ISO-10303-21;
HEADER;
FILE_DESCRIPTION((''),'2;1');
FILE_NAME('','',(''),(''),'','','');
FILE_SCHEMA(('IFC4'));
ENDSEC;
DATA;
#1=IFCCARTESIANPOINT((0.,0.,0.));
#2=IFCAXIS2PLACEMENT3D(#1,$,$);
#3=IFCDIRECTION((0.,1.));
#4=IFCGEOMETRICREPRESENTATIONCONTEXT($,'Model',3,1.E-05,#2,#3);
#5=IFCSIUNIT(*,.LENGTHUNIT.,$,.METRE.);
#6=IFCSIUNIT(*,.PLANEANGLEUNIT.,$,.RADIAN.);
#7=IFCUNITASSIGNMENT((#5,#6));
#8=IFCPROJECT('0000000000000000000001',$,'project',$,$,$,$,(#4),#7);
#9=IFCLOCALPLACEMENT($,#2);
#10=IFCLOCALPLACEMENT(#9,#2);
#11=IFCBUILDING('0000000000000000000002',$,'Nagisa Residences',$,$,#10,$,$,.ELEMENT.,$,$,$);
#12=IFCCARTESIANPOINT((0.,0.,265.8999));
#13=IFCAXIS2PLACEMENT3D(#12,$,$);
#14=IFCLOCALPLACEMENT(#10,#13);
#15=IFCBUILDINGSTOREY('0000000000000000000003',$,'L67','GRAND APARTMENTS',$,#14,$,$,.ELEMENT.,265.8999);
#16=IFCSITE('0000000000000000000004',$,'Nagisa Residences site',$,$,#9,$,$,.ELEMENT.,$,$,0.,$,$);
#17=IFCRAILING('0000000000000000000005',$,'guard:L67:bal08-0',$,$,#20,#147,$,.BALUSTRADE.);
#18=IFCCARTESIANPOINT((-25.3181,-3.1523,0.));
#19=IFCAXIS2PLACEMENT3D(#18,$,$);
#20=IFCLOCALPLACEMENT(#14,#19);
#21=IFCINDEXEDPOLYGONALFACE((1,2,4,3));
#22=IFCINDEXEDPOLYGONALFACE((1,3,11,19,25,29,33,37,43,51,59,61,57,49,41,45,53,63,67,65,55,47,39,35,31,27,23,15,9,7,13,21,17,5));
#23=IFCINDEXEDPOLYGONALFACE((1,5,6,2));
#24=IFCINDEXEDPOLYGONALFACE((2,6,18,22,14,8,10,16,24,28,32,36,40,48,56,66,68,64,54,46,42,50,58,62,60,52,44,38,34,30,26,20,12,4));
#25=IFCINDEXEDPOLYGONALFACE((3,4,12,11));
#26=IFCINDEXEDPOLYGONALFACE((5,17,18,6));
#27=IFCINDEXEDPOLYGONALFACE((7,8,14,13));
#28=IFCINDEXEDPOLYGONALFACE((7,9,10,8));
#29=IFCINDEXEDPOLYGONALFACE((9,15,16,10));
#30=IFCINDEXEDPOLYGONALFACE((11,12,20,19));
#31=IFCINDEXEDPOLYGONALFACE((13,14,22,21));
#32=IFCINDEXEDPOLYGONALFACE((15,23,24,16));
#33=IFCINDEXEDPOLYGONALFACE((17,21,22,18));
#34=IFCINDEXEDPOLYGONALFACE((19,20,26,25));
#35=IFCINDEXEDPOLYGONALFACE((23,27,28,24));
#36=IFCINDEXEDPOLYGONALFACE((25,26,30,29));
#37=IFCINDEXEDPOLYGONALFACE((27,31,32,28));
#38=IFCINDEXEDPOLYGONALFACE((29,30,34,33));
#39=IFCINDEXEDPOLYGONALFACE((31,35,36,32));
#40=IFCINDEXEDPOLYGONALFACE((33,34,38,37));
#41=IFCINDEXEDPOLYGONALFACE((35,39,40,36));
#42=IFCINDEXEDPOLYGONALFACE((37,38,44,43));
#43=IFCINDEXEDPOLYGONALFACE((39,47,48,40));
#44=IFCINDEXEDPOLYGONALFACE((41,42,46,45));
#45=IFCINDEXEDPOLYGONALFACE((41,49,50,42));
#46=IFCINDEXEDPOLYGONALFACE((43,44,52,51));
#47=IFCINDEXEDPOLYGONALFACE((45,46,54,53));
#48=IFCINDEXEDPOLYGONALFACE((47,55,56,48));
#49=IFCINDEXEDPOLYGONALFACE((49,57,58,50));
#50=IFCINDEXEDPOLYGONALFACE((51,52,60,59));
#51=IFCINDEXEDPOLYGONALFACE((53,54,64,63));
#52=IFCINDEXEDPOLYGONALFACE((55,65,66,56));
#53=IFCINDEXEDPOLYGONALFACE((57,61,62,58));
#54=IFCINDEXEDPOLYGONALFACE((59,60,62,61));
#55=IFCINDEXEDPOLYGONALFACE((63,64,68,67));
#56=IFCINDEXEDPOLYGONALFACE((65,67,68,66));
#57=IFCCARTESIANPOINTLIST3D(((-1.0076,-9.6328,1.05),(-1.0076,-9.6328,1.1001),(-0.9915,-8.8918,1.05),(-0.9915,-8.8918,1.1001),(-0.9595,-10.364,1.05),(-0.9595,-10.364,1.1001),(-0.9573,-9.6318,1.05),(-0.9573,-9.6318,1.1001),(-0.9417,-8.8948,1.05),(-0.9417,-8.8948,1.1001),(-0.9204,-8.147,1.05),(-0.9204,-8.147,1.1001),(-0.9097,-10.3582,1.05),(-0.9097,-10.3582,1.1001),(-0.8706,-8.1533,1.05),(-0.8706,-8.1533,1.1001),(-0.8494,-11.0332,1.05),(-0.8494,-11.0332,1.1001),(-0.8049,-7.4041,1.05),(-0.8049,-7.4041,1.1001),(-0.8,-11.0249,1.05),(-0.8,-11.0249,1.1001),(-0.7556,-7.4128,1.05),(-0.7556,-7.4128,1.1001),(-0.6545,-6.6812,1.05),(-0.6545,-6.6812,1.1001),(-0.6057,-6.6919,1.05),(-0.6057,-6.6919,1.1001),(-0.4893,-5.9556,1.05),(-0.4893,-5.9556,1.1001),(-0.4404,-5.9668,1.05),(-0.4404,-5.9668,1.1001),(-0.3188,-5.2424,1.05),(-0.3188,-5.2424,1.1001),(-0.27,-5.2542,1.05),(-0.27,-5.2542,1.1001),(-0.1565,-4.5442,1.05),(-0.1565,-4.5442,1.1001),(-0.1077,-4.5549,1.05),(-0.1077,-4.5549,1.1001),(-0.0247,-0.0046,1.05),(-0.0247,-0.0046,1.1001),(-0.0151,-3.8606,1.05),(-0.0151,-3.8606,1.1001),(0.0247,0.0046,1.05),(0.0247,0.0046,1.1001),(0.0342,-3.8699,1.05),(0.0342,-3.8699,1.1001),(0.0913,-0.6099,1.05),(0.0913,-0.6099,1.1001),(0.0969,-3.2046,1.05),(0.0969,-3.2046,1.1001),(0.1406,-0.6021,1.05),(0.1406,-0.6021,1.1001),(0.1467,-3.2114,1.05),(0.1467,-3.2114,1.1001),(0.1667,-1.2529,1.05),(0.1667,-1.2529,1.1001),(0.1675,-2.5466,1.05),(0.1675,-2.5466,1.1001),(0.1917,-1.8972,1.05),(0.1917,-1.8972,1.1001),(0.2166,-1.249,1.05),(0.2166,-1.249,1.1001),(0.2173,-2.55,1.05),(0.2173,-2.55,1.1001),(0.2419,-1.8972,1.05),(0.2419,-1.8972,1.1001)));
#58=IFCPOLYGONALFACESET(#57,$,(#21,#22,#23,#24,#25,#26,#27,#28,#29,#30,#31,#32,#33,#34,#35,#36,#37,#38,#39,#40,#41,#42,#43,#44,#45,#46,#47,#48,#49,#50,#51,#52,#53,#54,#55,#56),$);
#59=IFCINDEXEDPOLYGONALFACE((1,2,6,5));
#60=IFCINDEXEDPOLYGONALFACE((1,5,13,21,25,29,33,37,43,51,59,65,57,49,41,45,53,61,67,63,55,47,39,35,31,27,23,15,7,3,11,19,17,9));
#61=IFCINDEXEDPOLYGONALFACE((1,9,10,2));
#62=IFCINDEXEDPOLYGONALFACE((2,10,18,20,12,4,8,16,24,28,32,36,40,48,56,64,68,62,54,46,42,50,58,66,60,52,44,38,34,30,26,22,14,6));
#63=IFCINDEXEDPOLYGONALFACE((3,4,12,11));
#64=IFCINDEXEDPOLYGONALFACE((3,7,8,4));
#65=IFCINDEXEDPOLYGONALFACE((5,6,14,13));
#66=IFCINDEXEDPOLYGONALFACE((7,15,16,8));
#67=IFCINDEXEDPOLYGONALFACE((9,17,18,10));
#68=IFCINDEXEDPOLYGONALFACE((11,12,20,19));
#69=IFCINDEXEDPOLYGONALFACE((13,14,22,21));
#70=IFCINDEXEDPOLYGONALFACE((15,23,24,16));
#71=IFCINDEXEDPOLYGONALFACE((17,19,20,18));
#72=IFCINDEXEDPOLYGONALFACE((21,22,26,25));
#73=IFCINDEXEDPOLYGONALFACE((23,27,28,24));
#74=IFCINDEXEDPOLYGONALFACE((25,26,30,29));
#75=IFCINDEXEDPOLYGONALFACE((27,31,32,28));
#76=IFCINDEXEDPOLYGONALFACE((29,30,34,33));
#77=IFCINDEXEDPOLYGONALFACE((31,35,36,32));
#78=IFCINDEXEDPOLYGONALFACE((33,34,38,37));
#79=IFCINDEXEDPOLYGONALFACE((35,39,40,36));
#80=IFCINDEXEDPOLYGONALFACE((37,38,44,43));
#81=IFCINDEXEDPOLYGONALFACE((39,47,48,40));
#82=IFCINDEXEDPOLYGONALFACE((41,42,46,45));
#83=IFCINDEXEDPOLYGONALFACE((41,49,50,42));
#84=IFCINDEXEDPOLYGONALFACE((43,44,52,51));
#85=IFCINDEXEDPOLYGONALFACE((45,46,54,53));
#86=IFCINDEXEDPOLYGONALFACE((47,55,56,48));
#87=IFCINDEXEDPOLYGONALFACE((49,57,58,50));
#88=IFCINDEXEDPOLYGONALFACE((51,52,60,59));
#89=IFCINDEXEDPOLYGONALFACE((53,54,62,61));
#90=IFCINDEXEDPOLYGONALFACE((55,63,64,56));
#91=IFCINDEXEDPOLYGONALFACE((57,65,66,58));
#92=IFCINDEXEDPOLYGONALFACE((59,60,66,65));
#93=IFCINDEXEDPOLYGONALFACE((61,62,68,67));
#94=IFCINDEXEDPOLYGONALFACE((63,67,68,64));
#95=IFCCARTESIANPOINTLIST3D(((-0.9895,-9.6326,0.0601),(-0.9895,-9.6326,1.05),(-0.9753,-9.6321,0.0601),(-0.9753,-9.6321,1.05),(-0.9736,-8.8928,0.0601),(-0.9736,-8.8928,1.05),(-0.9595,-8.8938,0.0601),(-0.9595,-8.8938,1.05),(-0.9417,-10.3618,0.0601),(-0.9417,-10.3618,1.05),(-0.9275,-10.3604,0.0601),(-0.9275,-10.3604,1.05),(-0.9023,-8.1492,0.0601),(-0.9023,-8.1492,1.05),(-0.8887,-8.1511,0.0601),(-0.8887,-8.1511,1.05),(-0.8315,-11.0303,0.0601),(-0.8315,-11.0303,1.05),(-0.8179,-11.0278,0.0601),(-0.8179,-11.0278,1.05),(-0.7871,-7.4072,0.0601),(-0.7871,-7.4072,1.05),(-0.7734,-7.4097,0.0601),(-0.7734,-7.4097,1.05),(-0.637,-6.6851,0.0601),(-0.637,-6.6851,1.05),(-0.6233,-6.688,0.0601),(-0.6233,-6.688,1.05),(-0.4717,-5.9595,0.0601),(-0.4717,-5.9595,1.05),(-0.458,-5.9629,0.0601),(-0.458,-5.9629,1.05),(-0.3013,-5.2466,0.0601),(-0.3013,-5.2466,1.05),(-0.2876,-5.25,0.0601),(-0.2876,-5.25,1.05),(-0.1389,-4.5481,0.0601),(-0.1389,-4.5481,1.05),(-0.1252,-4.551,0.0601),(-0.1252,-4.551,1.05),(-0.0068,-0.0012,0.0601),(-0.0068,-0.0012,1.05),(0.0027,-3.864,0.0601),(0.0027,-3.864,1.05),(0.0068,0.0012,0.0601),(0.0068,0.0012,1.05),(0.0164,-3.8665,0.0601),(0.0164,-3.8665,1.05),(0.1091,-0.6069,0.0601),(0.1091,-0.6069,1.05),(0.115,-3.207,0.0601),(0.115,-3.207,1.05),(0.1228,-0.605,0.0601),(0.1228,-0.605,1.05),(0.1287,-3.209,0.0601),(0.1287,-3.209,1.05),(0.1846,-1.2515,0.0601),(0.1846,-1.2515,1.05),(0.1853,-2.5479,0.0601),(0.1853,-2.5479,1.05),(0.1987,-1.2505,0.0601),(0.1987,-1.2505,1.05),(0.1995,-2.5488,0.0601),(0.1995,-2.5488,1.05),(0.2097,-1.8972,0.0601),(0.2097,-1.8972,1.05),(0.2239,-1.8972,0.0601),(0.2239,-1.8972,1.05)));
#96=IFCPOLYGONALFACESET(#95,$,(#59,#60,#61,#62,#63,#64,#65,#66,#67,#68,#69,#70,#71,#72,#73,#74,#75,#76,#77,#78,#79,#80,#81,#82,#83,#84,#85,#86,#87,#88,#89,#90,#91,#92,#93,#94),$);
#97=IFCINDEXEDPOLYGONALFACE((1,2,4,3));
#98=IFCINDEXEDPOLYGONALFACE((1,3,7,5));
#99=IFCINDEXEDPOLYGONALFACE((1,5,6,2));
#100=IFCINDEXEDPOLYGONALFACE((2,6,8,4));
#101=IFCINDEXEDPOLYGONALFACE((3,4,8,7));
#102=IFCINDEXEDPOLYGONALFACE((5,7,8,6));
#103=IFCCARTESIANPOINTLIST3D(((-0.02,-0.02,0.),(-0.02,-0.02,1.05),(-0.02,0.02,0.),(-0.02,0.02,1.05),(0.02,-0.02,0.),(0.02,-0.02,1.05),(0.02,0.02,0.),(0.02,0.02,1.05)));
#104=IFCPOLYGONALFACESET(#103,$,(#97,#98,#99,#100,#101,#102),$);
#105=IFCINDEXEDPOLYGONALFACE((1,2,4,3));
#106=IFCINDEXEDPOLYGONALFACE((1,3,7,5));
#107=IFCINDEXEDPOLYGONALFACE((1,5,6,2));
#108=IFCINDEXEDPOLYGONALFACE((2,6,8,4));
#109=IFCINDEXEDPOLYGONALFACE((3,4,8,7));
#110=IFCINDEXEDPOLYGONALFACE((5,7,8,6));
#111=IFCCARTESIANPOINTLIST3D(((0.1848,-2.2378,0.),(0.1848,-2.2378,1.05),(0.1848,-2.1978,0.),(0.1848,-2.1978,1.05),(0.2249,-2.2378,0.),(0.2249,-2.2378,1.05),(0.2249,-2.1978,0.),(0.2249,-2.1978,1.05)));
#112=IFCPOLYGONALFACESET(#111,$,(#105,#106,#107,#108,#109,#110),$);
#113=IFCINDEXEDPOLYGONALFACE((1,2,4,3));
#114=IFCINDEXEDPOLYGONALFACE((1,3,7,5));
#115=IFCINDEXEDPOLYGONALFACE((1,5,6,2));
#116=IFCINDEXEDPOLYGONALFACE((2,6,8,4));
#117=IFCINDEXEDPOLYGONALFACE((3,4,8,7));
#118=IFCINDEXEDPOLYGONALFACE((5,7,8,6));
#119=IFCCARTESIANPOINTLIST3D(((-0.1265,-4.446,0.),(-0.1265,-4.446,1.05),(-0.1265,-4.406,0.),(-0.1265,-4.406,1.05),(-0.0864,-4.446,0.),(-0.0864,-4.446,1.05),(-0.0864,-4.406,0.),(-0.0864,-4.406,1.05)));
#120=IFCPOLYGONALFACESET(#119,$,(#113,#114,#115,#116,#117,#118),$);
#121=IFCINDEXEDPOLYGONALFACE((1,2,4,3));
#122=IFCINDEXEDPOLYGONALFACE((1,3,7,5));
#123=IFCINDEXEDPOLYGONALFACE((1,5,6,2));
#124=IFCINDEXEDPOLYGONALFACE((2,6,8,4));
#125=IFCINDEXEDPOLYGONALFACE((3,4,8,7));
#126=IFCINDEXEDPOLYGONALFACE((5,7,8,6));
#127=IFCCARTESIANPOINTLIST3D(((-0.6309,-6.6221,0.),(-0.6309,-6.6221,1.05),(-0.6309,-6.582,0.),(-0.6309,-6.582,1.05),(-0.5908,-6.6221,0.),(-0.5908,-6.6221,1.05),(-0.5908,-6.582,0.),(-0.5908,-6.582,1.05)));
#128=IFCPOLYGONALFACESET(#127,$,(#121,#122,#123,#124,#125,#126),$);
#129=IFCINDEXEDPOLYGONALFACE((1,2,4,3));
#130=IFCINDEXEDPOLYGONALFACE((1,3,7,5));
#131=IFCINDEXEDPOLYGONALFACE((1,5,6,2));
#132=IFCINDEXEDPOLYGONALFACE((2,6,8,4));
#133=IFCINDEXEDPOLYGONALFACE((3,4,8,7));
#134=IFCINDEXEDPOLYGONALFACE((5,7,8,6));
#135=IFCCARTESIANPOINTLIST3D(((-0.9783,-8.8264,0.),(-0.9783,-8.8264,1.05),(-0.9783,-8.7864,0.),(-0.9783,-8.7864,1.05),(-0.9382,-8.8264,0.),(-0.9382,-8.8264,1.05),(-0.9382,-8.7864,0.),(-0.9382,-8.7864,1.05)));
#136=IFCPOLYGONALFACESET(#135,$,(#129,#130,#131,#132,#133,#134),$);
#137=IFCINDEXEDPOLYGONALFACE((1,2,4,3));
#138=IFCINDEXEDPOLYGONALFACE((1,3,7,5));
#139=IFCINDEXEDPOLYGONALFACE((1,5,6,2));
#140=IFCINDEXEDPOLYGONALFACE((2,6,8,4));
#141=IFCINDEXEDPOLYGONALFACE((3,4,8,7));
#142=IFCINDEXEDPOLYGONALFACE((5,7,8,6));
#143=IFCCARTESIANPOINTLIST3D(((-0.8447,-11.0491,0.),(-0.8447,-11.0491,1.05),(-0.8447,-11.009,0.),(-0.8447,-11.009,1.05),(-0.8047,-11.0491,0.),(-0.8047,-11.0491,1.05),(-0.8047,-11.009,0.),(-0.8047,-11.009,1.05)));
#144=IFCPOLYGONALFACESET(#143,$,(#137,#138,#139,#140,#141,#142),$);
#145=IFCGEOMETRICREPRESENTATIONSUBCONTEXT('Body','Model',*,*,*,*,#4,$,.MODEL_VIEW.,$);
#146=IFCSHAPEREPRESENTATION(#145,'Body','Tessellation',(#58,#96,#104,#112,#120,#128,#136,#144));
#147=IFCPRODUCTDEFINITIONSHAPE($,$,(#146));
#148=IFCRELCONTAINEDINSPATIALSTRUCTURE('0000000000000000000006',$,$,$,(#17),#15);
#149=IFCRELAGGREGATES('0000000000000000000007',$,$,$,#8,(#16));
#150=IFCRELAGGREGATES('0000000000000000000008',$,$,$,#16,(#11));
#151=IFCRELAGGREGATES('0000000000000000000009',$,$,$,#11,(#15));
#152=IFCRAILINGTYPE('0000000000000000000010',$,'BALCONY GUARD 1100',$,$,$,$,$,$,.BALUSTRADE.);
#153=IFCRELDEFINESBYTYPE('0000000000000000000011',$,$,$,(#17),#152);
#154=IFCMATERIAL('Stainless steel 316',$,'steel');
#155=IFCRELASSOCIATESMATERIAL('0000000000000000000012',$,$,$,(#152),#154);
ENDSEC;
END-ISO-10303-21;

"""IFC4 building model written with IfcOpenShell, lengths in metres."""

from ifc_helpers import new_model, si_unit, direction, frame, origin, origin_2d, place, context, subcontext, project, spatial, polyline, rectangle, outline, extrude, material, type_object, element, save


model = new_model("IFC4")

# Units and contexts
model_context = context("Model", 3, precision=1e-05, world=origin(), true_north=direction((0.0, 1.0)))
body_context = subcontext(model_context, "Body", "Model", "MODEL_VIEW")
ifc_project = project(units=[si_unit("LENGTHUNIT", "METRE"), si_unit("PLANEANGLEUNIT", "RADIAN")], contexts=[model_context])

# Site, building, storey
site_placement = place(None, origin())
site = spatial("IfcSite", under=ifc_project, at=site_placement, Name="Nagisa Residences site", CompositionType="ELEMENT", RefElevation=0.0)
building_placement = place(site_placement, origin())
building = spatial("IfcBuilding", under=site, at=building_placement, Name="Nagisa Residences", CompositionType="ELEMENT")
storey_placement = place(building_placement, frame((0.0, 0.0, 265.8999)))
storey = spatial("IfcBuildingStorey", under=building, at=storey_placement, Name="L67", Description="GRAND APARTMENTS", CompositionType="ELEMENT", Elevation=265.8999)

# Railing
ifc_material_1 = material(Name="Stainless steel 316", Category="steel")
railing_type = type_object("IfcRailingType", Name="BALCONY GUARD 1100", PredefinedType="BALUSTRADE", material=ifc_material_1)
railing_1_placement = place(storey_placement, frame((-25.3181, -3.1523, 0.0)))
element("IfcRailing", 1, at=railing_1_placement, inside=storey, type_object=railing_type, Name="guard:L67:bal08-0", PredefinedType="BALUSTRADE", context=body_context, shape_type="SweptSolid", body=[
    extrude(outline(polyline([(0.1406, -0.6021), (0.0247, 0.0046), (-0.0247, -0.0046), (0.0913, -0.6099), (0.1667, -1.2529), (0.1917, -1.8972), (0.1675, -2.5466), (0.0969, -3.2046), (-0.0151, -3.8606), (-0.1565, -4.5442), (-0.3188, -5.2424), (-0.4893, -5.9556), (-0.6545, -6.6812), (-0.8049, -7.4041), (-0.9204, -8.147), (-0.9915, -8.8918), (-1.0076, -9.6328), (-0.9595, -10.364), (-0.8494, -11.0332), (-0.8, -11.0249), (-0.9097, -10.3582), (-0.9573, -9.6318), (-0.9417, -8.8948), (-0.8706, -8.1533), (-0.7556, -7.4128), (-0.6057, -6.6919), (-0.4404, -5.9668), (-0.27, -5.2542), (-0.1077, -4.5549), (0.0342, -3.8699), (0.1467, -3.2114), (0.2173, -2.55), (0.2419, -1.8972), (0.2166, -1.249), (0.1406, -0.6021)])), frame((0.0, 0.0, 1.05)), (0.0, 0.0, 1.0), 0.05),
    extrude(outline(polyline([(0.1228, -0.605), (0.0068, 0.0012), (-0.0068, -0.0012), (0.1091, -0.6069), (0.1846, -1.2515), (0.2097, -1.8972), (0.1853, -2.5479), (0.115, -3.207), (0.0027, -3.864), (-0.1389, -4.5481), (-0.3013, -5.2466), (-0.4717, -5.9595), (-0.637, -6.6851), (-0.7871, -7.4072), (-0.9023, -8.1492), (-0.9736, -8.8928), (-0.9895, -9.6326), (-0.9417, -10.3618), (-0.8315, -11.0303), (-0.8179, -11.0278), (-0.9275, -10.3604), (-0.9753, -9.6321), (-0.9595, -8.8938), (-0.8887, -8.1511), (-0.7734, -7.4097), (-0.6233, -6.688), (-0.458, -5.9629), (-0.2876, -5.25), (-0.1252, -4.551), (0.0164, -3.8665), (0.1287, -3.209), (0.1995, -2.5488), (0.2239, -1.8972), (0.1987, -1.2505), (0.1228, -0.605)])), frame((0.0, 0.0, 0.0601)), (0.0, 0.0, 1.0), 0.99),
    extrude(rectangle(XDim=0.04, YDim=0.04, at=origin_2d()), origin(), (0.0, 0.0, 1.0), 1.05),
    extrude(rectangle(XDim=0.04, YDim=0.04, at=origin_2d()), frame((0.2048, -2.2178, 0.0)), (0.0, 0.0, 1.0), 1.05),
    extrude(rectangle(XDim=0.04, YDim=0.04, at=origin_2d()), frame((-0.1064, -4.426, 0.0)), (0.0, 0.0, 1.0), 1.05),
    extrude(rectangle(XDim=0.04, YDim=0.04, at=origin_2d()), frame((-0.6108, -6.6021, 0.0)), (0.0, 0.0, 1.0), 1.05),
    extrude(rectangle(XDim=0.04, YDim=0.04, at=origin_2d()), frame((-0.9583, -8.8064, 0.0)), (0.0, 0.0, 1.0), 1.05),
    extrude(rectangle(XDim=0.04, YDim=0.04, at=origin_2d()), frame((-0.8247, -11.0291, 0.0)), (0.0, 0.0, 1.0), 1.05),
])

save(model, "model.ifc")
